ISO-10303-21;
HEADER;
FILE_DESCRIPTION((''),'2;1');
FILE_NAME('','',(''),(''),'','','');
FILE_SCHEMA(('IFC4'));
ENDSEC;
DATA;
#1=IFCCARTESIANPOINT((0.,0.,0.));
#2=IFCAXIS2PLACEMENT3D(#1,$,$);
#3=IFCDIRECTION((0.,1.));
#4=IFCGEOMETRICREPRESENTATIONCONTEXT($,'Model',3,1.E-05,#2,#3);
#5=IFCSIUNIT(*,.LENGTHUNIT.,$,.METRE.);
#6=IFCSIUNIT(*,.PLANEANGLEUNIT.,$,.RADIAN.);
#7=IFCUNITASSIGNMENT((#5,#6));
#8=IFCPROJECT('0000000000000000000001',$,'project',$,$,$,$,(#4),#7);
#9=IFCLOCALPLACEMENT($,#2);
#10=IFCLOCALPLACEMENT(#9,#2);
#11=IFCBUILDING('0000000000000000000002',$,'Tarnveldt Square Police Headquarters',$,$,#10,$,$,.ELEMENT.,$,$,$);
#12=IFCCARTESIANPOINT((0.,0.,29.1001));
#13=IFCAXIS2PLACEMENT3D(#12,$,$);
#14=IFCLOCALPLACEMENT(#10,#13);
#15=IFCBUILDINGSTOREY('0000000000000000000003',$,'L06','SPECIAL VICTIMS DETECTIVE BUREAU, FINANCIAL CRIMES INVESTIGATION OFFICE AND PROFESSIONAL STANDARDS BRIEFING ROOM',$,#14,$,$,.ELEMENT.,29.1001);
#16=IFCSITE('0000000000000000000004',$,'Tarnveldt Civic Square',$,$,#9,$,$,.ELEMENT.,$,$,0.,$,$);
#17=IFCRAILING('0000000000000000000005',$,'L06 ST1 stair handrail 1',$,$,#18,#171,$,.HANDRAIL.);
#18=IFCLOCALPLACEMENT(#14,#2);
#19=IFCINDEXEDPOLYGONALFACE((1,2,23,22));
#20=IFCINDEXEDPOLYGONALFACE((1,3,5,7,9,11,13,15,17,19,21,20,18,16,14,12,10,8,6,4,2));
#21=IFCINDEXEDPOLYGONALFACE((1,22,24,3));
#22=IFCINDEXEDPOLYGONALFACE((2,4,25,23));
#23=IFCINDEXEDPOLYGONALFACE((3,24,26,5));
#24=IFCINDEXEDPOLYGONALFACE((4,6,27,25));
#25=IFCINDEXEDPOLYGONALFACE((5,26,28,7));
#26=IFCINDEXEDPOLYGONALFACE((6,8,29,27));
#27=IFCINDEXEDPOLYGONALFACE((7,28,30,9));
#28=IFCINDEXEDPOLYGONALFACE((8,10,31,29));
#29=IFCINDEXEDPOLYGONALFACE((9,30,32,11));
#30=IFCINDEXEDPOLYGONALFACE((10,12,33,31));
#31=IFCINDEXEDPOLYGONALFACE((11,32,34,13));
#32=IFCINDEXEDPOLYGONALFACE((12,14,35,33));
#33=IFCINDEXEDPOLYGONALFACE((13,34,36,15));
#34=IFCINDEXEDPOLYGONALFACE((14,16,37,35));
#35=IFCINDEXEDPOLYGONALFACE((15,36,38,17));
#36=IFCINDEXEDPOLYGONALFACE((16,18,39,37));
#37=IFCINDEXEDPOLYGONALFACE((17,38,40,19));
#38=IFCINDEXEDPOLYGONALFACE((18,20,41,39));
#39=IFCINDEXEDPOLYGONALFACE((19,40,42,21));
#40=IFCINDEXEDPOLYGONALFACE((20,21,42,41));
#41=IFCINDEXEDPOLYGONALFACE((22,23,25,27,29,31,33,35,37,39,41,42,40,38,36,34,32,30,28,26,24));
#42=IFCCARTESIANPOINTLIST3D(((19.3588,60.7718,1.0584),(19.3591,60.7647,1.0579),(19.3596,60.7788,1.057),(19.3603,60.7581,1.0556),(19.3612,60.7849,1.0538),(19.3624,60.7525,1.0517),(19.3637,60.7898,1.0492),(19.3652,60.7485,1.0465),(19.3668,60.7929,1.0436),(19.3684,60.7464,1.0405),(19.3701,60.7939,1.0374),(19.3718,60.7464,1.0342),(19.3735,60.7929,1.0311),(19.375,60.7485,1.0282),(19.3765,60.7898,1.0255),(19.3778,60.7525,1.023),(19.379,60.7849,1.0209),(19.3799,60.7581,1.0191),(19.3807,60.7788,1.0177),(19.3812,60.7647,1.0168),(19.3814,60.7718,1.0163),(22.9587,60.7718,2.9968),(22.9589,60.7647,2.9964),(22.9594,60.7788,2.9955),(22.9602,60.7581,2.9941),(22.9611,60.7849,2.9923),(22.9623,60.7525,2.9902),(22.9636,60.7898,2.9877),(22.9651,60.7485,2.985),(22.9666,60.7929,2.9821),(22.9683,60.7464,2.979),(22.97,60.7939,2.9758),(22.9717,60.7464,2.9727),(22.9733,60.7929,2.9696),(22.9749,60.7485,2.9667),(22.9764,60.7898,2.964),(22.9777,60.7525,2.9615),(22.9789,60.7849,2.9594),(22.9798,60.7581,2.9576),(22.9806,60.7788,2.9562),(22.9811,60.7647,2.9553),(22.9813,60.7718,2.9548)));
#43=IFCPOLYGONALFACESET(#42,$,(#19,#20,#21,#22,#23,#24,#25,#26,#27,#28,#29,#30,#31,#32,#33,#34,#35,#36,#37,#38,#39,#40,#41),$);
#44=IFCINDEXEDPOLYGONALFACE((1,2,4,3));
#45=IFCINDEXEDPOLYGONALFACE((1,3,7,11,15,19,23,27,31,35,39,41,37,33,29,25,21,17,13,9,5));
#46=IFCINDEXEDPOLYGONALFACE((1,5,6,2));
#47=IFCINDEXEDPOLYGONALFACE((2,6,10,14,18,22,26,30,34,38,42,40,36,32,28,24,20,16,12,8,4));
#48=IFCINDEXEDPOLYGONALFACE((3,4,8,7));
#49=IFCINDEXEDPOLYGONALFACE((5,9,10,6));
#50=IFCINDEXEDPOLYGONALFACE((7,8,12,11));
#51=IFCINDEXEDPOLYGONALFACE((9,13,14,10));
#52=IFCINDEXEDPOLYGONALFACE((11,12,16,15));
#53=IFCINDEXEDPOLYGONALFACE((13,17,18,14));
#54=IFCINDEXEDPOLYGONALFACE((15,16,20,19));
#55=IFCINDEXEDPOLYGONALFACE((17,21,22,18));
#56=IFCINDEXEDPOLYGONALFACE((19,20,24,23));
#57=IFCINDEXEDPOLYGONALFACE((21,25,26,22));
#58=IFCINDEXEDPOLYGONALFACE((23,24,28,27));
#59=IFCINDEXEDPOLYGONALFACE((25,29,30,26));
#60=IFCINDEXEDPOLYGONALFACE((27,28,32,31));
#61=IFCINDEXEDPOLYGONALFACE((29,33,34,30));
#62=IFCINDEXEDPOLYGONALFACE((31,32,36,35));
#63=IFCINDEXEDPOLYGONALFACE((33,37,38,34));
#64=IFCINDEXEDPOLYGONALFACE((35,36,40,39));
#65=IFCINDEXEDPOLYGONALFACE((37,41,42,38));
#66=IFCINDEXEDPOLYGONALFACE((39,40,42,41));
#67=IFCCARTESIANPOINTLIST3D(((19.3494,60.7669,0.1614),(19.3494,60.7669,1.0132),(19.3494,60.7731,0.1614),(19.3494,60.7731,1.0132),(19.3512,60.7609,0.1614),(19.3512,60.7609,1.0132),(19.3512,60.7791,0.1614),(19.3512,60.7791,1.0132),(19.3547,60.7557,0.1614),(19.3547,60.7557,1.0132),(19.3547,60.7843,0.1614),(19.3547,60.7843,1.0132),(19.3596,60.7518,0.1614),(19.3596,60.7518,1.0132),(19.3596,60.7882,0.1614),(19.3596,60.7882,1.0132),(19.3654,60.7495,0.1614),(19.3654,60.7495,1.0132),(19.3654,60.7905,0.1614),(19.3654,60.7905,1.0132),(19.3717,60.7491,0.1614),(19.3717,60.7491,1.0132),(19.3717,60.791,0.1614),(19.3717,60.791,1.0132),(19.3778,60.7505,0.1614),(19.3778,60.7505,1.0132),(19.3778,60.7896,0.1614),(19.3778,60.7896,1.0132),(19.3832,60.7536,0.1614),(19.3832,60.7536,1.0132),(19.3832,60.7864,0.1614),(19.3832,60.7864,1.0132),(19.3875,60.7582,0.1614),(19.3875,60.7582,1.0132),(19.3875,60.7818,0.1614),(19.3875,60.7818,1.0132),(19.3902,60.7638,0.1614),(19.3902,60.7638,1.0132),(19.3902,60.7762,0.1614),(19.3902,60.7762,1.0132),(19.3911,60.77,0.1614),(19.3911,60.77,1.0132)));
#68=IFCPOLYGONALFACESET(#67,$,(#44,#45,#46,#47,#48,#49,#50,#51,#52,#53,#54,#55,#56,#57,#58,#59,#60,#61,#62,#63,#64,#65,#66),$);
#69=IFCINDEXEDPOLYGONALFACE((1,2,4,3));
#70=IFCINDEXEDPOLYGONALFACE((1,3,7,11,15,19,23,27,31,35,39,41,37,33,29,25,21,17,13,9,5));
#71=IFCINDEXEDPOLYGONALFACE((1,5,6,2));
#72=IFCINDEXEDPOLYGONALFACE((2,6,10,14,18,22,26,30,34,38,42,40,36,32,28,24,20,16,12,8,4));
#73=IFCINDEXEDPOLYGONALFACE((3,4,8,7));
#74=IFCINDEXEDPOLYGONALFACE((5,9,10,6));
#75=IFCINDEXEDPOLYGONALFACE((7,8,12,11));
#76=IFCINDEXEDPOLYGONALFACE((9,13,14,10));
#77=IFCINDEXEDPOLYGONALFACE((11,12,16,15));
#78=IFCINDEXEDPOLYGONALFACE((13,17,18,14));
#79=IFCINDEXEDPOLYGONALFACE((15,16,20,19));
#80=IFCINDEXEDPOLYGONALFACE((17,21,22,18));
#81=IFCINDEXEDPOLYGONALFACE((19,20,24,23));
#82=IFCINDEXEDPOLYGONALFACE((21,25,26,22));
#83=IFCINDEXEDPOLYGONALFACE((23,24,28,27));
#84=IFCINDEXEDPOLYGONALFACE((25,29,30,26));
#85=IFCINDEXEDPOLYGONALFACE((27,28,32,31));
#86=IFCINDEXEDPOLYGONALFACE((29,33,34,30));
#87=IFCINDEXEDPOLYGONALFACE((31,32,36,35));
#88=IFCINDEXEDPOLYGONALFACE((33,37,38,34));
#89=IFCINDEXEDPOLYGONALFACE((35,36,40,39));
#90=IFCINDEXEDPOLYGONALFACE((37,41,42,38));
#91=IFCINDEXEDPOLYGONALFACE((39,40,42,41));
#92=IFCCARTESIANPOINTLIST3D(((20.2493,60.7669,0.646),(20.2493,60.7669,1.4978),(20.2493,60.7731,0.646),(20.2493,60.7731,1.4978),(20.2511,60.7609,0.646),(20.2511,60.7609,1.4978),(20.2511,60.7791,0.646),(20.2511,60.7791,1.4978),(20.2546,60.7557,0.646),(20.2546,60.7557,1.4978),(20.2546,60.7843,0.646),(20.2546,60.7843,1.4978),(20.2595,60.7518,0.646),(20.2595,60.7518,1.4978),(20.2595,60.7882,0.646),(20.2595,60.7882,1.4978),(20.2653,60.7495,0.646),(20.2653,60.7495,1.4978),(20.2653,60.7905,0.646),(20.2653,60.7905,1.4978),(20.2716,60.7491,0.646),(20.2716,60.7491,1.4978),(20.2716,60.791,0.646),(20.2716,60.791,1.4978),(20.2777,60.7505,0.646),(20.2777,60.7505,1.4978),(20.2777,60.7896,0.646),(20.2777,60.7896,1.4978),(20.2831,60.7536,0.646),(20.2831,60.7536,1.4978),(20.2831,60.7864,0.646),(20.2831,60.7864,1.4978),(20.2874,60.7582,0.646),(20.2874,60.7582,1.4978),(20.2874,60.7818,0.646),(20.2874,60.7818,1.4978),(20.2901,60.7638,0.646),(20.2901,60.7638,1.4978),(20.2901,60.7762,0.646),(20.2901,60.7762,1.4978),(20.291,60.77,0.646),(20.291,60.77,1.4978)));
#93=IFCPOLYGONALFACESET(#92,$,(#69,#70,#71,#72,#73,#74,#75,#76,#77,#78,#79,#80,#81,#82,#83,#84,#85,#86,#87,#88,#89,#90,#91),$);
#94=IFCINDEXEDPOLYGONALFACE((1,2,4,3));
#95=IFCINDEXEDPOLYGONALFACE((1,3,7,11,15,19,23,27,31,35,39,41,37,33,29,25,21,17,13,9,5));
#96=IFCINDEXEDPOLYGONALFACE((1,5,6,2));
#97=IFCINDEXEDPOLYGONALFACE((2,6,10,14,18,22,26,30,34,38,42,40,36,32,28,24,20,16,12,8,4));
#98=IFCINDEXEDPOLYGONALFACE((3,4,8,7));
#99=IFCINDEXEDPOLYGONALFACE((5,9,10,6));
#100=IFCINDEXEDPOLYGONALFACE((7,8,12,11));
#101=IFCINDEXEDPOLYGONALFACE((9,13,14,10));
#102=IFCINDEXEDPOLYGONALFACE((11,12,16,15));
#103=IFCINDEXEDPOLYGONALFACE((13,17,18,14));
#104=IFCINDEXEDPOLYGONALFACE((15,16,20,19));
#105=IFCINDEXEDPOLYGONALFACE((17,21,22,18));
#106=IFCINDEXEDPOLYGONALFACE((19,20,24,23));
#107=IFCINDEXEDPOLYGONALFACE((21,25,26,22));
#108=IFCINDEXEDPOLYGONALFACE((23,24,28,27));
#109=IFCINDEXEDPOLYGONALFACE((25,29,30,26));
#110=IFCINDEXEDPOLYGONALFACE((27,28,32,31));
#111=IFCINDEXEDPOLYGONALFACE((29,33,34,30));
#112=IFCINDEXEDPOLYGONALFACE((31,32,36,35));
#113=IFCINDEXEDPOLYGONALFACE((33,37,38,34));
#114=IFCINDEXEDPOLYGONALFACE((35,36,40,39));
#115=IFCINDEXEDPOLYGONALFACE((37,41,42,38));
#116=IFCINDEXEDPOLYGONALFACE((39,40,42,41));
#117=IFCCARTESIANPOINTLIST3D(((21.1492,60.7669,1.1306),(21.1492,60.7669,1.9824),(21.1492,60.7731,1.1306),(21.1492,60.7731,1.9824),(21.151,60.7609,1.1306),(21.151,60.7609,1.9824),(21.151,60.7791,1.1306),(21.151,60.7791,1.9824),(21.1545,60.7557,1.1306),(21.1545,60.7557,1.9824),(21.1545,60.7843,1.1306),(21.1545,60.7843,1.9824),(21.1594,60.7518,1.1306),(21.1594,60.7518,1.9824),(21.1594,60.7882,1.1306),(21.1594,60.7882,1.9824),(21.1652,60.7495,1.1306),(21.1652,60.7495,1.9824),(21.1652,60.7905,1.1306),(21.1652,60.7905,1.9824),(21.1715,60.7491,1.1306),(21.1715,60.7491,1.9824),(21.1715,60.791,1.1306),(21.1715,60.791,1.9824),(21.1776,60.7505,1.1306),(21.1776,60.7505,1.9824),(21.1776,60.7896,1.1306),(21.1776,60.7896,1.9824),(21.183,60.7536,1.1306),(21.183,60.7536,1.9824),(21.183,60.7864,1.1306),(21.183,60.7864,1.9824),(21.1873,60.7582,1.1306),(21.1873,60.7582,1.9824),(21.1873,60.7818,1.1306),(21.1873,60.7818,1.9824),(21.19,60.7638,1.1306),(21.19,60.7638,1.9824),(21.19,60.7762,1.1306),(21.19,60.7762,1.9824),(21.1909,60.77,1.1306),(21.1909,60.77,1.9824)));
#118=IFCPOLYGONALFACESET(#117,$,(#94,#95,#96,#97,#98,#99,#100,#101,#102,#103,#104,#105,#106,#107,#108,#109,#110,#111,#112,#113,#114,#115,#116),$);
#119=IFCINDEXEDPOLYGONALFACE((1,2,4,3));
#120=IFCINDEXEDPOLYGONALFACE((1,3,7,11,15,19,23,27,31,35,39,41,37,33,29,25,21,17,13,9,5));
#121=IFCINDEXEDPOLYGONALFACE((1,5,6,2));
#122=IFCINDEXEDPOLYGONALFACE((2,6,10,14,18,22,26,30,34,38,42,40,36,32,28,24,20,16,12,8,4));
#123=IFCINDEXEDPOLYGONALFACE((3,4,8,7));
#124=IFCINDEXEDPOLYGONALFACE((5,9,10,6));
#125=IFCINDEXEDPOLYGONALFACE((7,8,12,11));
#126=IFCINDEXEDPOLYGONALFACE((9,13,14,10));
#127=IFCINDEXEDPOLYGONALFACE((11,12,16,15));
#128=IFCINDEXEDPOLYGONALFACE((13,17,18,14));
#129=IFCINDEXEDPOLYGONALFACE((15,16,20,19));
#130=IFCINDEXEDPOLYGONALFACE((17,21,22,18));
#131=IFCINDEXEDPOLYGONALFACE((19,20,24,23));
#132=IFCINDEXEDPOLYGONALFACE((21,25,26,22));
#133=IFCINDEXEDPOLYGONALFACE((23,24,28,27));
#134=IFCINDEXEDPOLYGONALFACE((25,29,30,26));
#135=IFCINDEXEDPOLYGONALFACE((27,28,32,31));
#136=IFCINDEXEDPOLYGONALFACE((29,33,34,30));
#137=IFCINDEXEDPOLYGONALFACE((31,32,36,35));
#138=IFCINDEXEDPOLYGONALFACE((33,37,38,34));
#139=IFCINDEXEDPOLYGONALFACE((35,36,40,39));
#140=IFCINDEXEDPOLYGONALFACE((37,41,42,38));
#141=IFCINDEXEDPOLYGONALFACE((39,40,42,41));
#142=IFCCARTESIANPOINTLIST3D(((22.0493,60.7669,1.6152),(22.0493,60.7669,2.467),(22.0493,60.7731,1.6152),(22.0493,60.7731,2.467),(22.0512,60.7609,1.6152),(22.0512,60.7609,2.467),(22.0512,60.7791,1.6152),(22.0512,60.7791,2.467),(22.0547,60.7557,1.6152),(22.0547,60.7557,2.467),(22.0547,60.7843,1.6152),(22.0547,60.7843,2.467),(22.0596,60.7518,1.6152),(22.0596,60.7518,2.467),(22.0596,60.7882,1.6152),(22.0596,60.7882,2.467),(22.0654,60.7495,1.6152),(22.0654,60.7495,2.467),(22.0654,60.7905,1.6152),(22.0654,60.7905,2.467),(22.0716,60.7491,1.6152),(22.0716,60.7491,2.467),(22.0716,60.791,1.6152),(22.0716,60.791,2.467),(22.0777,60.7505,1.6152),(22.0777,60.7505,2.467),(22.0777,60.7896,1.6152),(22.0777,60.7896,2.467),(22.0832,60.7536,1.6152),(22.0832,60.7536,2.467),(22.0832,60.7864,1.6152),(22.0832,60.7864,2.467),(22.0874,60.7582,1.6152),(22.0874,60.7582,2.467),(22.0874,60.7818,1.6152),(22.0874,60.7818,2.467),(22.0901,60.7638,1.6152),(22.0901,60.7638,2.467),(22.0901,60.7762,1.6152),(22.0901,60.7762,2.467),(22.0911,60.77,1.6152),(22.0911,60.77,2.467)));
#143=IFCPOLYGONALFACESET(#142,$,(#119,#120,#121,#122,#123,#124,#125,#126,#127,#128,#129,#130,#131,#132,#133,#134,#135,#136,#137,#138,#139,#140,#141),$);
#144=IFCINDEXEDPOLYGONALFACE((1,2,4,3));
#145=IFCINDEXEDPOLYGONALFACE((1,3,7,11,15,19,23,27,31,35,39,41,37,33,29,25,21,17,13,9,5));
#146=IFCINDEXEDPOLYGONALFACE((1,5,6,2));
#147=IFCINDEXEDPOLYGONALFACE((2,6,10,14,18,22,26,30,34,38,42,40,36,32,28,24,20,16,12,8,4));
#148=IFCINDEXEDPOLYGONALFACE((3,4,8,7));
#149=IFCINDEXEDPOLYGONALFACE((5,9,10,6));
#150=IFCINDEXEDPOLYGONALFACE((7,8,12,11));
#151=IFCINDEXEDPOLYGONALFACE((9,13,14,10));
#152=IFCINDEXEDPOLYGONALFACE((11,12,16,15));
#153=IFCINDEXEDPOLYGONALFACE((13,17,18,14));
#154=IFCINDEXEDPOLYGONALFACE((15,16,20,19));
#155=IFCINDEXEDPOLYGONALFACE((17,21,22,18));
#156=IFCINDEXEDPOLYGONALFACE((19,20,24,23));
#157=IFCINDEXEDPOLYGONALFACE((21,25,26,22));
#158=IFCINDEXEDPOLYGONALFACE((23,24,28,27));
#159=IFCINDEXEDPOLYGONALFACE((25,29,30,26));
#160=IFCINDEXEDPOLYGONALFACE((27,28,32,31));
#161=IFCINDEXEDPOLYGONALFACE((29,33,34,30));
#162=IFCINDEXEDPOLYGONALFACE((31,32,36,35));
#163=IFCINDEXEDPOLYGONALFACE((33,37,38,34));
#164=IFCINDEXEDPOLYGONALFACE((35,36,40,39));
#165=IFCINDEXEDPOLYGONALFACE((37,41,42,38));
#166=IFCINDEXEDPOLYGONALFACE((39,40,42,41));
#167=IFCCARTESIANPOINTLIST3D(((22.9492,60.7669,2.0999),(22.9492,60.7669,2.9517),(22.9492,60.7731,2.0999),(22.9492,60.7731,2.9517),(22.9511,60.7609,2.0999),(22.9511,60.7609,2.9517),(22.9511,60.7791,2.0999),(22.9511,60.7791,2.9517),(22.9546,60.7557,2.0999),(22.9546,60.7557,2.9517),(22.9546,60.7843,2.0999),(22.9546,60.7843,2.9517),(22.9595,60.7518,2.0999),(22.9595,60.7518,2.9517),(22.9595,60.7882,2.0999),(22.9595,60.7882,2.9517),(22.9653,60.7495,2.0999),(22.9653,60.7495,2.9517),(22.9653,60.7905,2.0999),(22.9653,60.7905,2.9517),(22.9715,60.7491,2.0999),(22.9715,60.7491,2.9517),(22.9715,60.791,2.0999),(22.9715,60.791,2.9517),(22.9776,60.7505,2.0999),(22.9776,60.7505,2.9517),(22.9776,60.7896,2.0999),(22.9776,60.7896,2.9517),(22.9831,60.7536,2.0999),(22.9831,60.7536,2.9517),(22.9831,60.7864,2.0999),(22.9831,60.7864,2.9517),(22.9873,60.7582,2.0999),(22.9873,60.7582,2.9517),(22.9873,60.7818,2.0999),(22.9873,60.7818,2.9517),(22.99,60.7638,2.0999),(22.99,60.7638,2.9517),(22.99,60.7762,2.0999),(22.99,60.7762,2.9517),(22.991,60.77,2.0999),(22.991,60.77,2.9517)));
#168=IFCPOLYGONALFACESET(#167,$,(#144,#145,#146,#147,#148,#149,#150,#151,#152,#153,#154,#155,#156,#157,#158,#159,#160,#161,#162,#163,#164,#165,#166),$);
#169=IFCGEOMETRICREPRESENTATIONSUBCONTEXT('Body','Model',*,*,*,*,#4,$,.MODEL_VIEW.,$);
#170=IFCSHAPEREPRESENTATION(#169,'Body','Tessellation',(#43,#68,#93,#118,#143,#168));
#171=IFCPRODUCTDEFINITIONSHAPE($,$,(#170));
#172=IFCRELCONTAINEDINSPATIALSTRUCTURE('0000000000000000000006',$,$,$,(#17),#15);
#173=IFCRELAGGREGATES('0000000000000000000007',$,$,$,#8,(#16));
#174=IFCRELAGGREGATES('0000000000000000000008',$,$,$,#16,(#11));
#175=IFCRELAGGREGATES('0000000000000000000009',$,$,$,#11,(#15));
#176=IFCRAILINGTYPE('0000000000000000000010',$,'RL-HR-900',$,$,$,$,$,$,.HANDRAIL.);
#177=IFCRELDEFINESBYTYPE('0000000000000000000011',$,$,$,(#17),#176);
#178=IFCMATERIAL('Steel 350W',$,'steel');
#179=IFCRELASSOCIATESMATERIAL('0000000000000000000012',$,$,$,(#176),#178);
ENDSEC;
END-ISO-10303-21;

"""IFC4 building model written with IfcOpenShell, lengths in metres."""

from ifc_helpers import new_model, si_unit, direction, frame, origin, origin_2d, place, context, subcontext, project, spatial, circle, extrude, material, type_object, element, save


model = new_model("IFC4")

# Units and contexts
model_context = context("Model", 3, precision=1e-05, world=origin(), true_north=direction((0.0, 1.0)))
body_context = subcontext(model_context, "Body", "Model", "MODEL_VIEW")
ifc_project = project(units=[si_unit("LENGTHUNIT", "METRE"), si_unit("PLANEANGLEUNIT", "RADIAN")], contexts=[model_context])

# Site, building, storey
site_placement = place(None, origin())
site = spatial("IfcSite", under=ifc_project, at=site_placement, Name="Tarnveldt Civic Square", CompositionType="ELEMENT", RefElevation=0.0)
building_placement = place(site_placement, origin())
building = spatial("IfcBuilding", under=site, at=building_placement, Name="Tarnveldt Square Police Headquarters", CompositionType="ELEMENT")
storey_placement = place(building_placement, frame((0.0, 0.0, 29.1001)))
storey = spatial("IfcBuildingStorey", under=building, at=storey_placement, Name="L06", Description="SPECIAL VICTIMS DETECTIVE BUREAU, FINANCIAL CRIMES INVESTIGATION OFFICE AND PROFESSIONAL STANDARDS BRIEFING ROOM", CompositionType="ELEMENT", Elevation=29.1001)

# Shared definitions
ifc_material_1 = material(Name="Steel 350W", Category="steel")

# Railing
railing_type_1 = type_object("IfcRailingType", Name="RL-HR-900", PredefinedType="HANDRAIL", material=ifc_material_1)
railing_1_placement = place(storey_placement, frame((19.3701, 60.77, 0.1614)))
element("IfcRailing", 1, at=railing_1_placement, inside=storey, type_object=railing_type_1, Name="L06 ST1 stair handrail 1", PredefinedType="HANDRAIL", context=body_context, shape_type="SweptSolid", body=[
    extrude(circle(Radius=0.0239, at=origin_2d()), frame((0.0, 0.0, 0.876), z_axis=(0.880462, 0.0, 0.474118), x_axis=(0.0, 1.0, 0.0)), (0.0, 0.0, 1.0), 4.0886),
    extrude(circle(Radius=0.021, at=origin_2d()), origin(), (0.0, 0.0, 1.0), 0.8518),
    extrude(circle(Radius=0.021, at=origin_2d()), frame((0.8999, 0.0, 0.4846)), (0.0, 0.0, 1.0), 0.8518),
    extrude(circle(Radius=0.021, at=origin_2d()), frame((1.7998, 0.0, 0.9692)), (0.0, 0.0, 1.0), 0.8518),
    extrude(circle(Radius=0.021, at=origin_2d()), frame((2.7, 0.0, 1.4539)), (0.0, 0.0, 1.0), 0.8518),
    extrude(circle(Radius=0.021, at=origin_2d()), frame((3.5999, 0.0, 1.9385)), (0.0, 0.0, 1.0), 0.8518),
])

save(model, "model.ifc")
